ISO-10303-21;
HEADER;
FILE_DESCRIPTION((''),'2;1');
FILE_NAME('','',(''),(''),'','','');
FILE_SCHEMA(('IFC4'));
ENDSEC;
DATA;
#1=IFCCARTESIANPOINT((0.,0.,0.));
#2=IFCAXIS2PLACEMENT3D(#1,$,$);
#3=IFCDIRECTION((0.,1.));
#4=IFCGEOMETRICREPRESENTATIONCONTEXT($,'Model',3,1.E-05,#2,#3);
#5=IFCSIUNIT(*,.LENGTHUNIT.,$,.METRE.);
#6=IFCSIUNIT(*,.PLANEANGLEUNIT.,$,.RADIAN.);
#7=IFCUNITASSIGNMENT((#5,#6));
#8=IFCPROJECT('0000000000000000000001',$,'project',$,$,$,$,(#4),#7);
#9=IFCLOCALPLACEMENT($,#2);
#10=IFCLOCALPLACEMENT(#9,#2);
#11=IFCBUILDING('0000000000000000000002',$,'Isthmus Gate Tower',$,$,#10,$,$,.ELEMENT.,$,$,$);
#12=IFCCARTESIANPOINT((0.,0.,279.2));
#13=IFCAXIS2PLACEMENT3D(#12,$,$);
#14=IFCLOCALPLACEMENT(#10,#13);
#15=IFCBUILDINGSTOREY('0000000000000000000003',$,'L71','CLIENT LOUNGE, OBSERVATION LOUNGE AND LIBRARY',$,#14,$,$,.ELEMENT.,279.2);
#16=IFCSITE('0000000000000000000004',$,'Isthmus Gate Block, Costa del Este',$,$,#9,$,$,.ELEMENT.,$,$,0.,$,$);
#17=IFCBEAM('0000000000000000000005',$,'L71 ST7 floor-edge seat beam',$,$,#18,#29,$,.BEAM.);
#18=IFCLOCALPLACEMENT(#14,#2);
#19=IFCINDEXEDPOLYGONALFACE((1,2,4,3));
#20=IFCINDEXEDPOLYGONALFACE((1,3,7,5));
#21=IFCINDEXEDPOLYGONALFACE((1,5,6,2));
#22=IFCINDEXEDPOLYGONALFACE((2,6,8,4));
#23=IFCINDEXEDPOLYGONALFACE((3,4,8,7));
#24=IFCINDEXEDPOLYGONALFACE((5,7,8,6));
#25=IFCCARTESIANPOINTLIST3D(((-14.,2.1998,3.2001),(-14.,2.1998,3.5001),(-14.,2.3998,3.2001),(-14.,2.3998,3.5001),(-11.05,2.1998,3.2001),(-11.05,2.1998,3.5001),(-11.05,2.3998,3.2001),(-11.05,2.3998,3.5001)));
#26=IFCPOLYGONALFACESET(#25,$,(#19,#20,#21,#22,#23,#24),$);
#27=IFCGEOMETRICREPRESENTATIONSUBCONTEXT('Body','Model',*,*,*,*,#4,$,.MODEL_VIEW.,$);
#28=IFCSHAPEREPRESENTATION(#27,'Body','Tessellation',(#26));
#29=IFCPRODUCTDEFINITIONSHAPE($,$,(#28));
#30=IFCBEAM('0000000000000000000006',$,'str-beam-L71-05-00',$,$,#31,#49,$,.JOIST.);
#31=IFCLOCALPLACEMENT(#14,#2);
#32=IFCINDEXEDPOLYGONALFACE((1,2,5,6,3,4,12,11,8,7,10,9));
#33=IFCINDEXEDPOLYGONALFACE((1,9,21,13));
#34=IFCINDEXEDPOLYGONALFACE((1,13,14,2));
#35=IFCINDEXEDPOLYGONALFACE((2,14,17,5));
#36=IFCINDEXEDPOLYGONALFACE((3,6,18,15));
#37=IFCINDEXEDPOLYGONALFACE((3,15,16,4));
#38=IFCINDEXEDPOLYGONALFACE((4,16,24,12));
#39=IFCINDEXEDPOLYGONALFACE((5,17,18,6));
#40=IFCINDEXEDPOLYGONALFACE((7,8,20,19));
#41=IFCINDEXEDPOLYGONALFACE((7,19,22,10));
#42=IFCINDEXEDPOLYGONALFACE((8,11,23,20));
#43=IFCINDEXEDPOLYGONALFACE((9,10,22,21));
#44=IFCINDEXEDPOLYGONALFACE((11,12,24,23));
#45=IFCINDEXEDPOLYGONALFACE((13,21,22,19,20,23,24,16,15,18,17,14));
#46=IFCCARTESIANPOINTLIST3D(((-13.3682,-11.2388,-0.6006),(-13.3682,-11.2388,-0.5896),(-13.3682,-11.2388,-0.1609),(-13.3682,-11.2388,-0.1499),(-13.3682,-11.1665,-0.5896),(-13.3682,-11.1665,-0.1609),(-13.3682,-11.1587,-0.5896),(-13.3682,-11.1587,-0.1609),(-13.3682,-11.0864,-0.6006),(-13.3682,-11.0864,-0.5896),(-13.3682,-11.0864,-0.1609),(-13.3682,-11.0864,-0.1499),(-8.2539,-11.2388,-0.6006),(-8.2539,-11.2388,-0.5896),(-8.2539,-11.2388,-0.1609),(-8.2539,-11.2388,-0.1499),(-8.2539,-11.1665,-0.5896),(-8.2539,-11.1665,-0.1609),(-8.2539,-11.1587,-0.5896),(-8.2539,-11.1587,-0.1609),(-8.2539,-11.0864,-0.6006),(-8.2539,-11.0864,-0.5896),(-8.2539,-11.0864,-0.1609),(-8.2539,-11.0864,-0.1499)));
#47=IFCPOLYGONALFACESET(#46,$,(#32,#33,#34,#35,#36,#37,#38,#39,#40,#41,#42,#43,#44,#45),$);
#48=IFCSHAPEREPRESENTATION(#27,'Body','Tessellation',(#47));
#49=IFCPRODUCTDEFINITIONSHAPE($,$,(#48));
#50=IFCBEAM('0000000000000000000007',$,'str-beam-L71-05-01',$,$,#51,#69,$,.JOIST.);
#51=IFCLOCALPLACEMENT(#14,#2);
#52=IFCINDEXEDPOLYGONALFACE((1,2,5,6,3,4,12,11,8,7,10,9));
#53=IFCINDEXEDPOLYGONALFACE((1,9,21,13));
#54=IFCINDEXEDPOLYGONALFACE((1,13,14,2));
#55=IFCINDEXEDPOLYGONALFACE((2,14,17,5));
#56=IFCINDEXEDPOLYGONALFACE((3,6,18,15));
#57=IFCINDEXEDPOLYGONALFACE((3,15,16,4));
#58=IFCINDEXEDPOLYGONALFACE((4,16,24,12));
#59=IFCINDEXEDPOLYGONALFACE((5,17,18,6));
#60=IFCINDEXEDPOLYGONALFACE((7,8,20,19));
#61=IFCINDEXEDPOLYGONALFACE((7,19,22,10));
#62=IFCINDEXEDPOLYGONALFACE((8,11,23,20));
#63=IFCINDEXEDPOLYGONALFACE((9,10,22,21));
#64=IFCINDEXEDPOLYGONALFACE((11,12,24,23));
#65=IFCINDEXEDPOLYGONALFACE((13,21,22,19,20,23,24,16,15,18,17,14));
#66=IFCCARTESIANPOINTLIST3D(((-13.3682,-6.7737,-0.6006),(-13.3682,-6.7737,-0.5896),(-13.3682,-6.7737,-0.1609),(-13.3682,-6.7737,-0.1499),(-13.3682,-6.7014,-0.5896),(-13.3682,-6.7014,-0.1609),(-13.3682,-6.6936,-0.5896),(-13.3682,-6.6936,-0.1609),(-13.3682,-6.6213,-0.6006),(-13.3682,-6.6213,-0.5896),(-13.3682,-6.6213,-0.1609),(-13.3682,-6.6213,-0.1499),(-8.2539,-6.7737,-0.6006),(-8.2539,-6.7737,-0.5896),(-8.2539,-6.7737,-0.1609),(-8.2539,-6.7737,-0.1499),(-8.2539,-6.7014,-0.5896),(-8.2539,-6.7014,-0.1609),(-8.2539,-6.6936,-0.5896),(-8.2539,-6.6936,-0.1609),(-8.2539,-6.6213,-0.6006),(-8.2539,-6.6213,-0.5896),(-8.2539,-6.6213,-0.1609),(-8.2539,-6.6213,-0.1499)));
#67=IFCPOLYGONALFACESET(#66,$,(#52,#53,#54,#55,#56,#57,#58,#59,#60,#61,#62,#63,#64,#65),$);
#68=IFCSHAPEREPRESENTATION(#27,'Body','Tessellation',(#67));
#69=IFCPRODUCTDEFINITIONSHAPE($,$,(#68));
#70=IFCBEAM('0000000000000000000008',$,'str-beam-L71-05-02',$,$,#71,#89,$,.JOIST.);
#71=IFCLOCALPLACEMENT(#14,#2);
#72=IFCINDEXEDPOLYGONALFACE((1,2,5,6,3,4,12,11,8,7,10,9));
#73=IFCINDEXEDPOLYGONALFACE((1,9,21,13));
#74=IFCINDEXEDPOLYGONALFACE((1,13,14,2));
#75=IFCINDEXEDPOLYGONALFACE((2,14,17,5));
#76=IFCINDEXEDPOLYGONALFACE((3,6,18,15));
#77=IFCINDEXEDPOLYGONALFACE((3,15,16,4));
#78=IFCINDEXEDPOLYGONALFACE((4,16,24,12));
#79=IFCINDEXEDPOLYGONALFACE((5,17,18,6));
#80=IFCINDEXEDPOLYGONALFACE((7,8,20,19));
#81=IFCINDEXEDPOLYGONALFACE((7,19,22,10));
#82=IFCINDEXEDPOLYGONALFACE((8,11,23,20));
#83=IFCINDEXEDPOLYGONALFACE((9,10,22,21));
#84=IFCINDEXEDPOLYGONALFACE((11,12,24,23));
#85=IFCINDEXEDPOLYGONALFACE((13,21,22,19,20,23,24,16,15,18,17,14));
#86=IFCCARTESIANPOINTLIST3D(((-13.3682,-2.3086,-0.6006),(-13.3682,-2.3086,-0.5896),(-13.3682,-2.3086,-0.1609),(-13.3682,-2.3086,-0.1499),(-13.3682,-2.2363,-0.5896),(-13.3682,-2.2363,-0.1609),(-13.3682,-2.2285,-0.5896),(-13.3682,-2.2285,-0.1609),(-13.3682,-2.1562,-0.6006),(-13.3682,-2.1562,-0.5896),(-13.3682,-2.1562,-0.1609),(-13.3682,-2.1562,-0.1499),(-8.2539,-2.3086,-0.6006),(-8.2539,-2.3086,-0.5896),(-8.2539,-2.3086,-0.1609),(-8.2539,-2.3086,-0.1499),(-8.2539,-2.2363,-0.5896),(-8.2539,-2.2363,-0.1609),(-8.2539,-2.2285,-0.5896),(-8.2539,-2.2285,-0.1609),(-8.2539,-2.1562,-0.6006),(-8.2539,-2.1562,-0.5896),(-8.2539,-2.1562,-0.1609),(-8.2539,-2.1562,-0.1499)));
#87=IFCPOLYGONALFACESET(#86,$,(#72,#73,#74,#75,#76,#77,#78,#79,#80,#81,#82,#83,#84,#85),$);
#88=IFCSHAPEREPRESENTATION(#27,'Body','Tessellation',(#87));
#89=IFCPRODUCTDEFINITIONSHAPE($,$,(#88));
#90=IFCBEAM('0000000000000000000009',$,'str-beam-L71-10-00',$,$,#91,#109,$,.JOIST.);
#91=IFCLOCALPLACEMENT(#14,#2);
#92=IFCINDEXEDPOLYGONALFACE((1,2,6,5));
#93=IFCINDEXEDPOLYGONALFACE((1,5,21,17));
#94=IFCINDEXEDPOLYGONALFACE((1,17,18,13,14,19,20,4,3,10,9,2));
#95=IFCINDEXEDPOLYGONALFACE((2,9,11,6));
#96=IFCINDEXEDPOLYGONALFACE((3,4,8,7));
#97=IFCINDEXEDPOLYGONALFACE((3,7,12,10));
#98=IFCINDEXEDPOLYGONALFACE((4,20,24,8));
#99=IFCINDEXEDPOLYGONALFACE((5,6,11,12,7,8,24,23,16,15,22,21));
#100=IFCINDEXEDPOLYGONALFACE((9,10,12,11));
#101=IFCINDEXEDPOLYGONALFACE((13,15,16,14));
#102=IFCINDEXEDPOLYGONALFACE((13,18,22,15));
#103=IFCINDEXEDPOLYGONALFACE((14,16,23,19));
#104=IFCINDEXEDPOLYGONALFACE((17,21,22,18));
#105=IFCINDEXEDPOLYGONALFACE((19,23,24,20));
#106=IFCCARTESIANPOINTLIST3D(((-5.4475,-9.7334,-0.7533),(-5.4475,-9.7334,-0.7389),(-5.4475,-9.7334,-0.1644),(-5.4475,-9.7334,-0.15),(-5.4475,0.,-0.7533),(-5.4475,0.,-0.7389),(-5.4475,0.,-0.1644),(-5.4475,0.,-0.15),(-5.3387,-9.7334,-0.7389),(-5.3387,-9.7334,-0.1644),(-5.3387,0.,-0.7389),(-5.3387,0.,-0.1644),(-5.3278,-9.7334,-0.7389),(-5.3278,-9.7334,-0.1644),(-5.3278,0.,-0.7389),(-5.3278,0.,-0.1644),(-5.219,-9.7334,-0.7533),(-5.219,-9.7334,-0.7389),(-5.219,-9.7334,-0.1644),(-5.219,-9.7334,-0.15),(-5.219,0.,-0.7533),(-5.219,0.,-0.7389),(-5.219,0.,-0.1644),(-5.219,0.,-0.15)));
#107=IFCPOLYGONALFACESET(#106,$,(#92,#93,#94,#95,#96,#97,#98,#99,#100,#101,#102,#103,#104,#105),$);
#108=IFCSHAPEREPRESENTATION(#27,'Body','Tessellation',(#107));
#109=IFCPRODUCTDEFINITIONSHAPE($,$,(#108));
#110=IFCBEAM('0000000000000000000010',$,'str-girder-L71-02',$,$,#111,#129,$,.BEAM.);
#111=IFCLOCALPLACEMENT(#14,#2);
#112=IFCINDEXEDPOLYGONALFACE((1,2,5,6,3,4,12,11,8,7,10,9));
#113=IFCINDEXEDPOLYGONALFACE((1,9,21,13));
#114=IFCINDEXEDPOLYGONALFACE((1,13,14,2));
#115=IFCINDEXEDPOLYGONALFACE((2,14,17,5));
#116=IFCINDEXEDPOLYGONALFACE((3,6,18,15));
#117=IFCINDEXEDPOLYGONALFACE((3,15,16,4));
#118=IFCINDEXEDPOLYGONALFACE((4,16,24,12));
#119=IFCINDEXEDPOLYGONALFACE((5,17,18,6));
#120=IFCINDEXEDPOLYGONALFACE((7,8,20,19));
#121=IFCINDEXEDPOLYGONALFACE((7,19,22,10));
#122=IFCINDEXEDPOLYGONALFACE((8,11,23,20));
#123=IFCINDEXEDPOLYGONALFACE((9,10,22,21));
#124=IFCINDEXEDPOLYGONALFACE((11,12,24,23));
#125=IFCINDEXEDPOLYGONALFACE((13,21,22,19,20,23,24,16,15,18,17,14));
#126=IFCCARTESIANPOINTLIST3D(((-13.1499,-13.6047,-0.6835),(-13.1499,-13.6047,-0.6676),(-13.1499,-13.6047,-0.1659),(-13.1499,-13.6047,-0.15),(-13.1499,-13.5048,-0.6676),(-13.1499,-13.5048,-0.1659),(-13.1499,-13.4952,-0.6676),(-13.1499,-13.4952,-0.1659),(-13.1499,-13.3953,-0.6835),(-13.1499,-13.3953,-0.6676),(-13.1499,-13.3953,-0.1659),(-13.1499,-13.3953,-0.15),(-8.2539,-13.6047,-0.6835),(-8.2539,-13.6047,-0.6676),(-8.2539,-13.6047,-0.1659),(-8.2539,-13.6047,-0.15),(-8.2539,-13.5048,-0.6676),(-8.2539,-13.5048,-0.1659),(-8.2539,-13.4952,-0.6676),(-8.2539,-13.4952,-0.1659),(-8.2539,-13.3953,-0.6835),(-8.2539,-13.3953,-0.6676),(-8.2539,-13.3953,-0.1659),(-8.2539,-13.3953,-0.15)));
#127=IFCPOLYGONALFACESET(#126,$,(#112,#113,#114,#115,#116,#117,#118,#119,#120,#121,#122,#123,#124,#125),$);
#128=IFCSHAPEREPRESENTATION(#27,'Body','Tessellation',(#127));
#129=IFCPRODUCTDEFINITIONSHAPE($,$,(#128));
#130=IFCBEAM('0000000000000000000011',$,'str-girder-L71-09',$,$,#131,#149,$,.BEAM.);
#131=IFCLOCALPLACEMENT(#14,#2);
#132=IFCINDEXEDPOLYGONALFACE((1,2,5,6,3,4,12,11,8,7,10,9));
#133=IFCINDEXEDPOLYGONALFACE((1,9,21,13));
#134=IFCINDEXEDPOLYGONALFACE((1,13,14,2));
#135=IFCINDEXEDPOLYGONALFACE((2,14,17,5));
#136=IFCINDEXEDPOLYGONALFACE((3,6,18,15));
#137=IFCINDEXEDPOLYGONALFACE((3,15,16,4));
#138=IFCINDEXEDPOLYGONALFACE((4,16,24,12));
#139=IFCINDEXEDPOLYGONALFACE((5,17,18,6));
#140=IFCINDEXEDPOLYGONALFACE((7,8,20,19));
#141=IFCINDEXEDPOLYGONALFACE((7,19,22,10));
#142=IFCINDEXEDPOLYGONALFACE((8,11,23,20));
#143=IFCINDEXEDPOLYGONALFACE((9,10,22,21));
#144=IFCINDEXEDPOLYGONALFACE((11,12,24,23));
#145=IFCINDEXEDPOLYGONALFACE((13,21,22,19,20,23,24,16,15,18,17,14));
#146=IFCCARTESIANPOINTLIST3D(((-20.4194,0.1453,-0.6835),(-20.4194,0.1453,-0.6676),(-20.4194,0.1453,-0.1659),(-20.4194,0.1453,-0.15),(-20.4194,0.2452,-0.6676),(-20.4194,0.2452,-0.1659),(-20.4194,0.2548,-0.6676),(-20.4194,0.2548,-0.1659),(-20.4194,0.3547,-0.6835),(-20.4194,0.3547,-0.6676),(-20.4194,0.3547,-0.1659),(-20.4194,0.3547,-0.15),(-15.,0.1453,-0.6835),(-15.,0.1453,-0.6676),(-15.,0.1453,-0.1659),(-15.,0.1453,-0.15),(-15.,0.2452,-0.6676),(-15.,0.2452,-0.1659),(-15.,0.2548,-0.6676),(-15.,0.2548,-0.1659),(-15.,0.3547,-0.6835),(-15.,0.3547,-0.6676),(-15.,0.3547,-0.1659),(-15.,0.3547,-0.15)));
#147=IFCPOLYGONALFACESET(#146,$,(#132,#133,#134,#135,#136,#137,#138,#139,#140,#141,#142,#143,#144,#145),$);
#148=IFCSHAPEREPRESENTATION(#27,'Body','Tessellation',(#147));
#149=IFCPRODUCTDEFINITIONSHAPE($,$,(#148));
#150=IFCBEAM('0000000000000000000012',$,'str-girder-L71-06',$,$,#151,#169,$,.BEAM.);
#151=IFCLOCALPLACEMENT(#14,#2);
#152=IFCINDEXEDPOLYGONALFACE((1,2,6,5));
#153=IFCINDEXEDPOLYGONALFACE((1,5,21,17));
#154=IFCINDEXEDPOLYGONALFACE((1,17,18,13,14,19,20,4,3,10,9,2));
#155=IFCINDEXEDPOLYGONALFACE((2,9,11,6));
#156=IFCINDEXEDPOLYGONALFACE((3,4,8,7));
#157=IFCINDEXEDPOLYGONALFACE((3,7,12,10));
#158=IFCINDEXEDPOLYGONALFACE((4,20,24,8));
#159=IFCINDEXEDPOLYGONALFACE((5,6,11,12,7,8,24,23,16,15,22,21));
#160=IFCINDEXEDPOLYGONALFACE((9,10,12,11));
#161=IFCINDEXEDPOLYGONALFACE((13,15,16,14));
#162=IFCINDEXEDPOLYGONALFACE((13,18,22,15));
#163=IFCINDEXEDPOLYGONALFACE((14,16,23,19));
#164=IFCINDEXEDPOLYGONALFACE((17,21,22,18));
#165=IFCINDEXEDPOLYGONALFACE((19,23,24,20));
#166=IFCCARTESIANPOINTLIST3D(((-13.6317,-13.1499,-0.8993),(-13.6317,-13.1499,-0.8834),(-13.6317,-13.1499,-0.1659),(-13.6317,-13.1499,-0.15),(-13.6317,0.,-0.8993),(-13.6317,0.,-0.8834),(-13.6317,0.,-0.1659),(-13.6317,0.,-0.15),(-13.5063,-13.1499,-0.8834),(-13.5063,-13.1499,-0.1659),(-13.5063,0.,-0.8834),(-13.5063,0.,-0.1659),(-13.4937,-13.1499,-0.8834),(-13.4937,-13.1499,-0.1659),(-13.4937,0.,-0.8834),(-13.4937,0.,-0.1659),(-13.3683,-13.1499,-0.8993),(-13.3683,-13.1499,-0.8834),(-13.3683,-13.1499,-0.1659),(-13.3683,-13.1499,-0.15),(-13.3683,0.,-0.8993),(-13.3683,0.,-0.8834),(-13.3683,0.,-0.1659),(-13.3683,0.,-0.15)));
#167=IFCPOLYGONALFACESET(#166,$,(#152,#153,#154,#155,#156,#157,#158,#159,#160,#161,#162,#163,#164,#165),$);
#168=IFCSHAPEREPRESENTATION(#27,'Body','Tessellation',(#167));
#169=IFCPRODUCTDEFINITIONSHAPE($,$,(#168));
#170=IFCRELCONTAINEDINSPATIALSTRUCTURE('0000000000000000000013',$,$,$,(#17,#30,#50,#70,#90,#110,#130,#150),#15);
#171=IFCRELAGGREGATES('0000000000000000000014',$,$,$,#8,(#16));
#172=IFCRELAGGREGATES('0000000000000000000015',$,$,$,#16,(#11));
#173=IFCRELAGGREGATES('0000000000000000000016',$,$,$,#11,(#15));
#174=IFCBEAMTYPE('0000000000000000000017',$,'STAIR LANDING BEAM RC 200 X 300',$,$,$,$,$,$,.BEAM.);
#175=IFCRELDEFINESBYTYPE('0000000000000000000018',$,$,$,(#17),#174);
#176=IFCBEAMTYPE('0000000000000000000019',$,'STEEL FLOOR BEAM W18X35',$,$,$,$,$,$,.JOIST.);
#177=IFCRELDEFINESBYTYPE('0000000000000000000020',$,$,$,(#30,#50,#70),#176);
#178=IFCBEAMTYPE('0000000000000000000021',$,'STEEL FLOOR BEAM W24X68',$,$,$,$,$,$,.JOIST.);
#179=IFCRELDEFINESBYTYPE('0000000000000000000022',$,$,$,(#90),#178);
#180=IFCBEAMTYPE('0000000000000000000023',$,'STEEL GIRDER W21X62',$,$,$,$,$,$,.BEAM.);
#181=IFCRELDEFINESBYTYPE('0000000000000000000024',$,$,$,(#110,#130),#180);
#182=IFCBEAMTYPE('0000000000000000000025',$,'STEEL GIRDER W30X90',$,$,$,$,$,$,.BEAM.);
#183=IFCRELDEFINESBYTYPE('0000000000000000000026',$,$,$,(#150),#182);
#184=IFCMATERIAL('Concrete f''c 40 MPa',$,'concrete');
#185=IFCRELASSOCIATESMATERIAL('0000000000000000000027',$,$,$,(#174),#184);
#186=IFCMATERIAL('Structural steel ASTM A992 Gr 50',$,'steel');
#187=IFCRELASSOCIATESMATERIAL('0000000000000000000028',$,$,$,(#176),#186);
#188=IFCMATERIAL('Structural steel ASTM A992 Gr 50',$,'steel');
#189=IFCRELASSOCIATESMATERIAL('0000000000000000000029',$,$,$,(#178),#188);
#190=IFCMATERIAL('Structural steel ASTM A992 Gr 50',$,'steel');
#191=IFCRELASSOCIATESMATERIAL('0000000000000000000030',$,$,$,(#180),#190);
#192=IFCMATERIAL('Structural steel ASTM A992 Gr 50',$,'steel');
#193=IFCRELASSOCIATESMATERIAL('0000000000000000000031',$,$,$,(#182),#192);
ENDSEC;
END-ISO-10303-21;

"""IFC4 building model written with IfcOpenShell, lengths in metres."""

from ifc_helpers import new_model, si_unit, direction, frame, origin, origin_2d, place, context, subcontext, project, spatial, rectangle, i_section, extrude, material, material_profile, profile_set, type_object, element, save


model = new_model("IFC4")

# Units and contexts
model_context = context("Model", 3, precision=1e-05, world=origin(), true_north=direction((0.0, 1.0)))
body_context = subcontext(model_context, "Body", "Model", "MODEL_VIEW")
ifc_project = project(units=[si_unit("LENGTHUNIT", "METRE"), si_unit("PLANEANGLEUNIT", "RADIAN")], contexts=[model_context])

# Site, building, storey
site_placement = place(None, origin())
site = spatial("IfcSite", under=ifc_project, at=site_placement, Name="Isthmus Gate Block, Costa del Este", CompositionType="ELEMENT", RefElevation=0.0)
building_placement = place(site_placement, origin())
building = spatial("IfcBuilding", under=site, at=building_placement, Name="Isthmus Gate Tower", CompositionType="ELEMENT")
storey_placement = place(building_placement, frame((0.0, 0.0, 279.2)))
storey = spatial("IfcBuildingStorey", under=building, at=storey_placement, Name="L71", Description="CLIENT LOUNGE, OBSERVATION LOUNGE AND LIBRARY", CompositionType="ELEMENT", Elevation=279.2)

# Beams
ifc_material_1 = material(Name="Concrete f'c 40 MPa", Category="concrete")
ifc_material_profile_1 = material_profile(ifc_material_1, rectangle(XDim=0.2, YDim=0.3, at=origin_2d()), Name="STAIR LANDING BEAM RC 200 X 300")
ifc_profile_set_1 = profile_set([ifc_material_profile_1], Name="Concrete f'c 40 MPa")
beam_type_1 = type_object("IfcBeamType", Name="STAIR LANDING BEAM RC 200 X 300", PredefinedType="BEAM", material=ifc_profile_set_1)
beam_1_placement = place(storey_placement, frame((-14.0, 2.2998, 3.3501), z_axis=(1.0, 0.0, 0.0), x_axis=(0.0, 1.0, 0.0)))
element("IfcBeam", 1, at=beam_1_placement, inside=storey, type_object=beam_type_1, Name="L71 ST7 floor-edge seat beam", PredefinedType="BEAM", context=body_context, shape_type="SweptSolid", body=[
    extrude(rectangle(XDim=0.2, YDim=0.3, at=origin_2d()), origin(), (0.0, 0.0, 1.0), 2.95),
])
ifc_material_2 = material(Name="Structural steel ASTM A992 Gr 50", Category="steel")
ifc_material_profile_2 = material_profile(ifc_material_2, i_section(OverallWidth=0.1523, OverallDepth=0.4507, WebThickness=0.0078, FlangeThickness=0.011, at=origin_2d()), Name="W18X35")
ifc_profile_set_2 = profile_set([ifc_material_profile_2], Name="Structural steel ASTM A992 Gr 50")
beam_type_2 = type_object("IfcBeamType", Name="STEEL FLOOR BEAM W18X35", PredefinedType="JOIST", material=ifc_profile_set_2)
for number, where, z_axis, x_axis, name in (
    (2, (-13.3682, -11.1626, -0.3752), (1.0, 0.0, 0.0), (0.0, 1.0, 0.0), "str-beam-L71-05-00"),
    (3, (-13.3682, -6.6975, -0.3752), (1.0, 0.0, 0.0), (0.0, 1.0, 0.0), "str-beam-L71-05-01"),
    (4, (-13.3682, -2.2324, -0.3752), (1.0, 0.0, 0.0), (0.0, 1.0, 0.0), "str-beam-L71-05-02"),
):
    element("IfcBeam", number, at=place(storey_placement, frame(where, z_axis=z_axis, x_axis=x_axis)), inside=storey, type_object=beam_type_2, Name=name, PredefinedType="JOIST", context=body_context, shape_type="SweptSolid", body=[
        extrude(i_section(OverallWidth=0.1523, OverallDepth=0.4507, WebThickness=0.0078, FlangeThickness=0.011, at=origin_2d()), origin(), (0.0, 0.0, 1.0), 5.1143),
    ])
ifc_material_3 = material(Name="Structural steel ASTM A992 Gr 50", Category="steel")
ifc_material_profile_3 = material_profile(ifc_material_3, i_section(OverallWidth=0.2285, OverallDepth=0.6033, WebThickness=0.011, FlangeThickness=0.0144, at=origin_2d()), Name="W24X68")
ifc_profile_set_3 = profile_set([ifc_material_profile_3], Name="Structural steel ASTM A992 Gr 50")
beam_type_3 = type_object("IfcBeamType", Name="STEEL FLOOR BEAM W24X68", PredefinedType="JOIST", material=ifc_profile_set_3)
beam_2_placement = place(storey_placement, frame((-5.3333, -9.7334, -0.4517), z_axis=(0.0, 1.0, 0.0), x_axis=(-1.0, 0.0, 0.0)))
element("IfcBeam", 5, at=beam_2_placement, inside=storey, type_object=beam_type_3, Name="str-beam-L71-10-00", PredefinedType="JOIST", context=body_context, shape_type="SweptSolid", body=[
    extrude(i_section(OverallWidth=0.2285, OverallDepth=0.6033, WebThickness=0.011, FlangeThickness=0.0144, at=origin_2d()), origin(), (0.0, 0.0, 1.0), 9.7334),
])
ifc_material_4 = material(Name="Structural steel ASTM A992 Gr 50", Category="steel")
ifc_material_profile_4 = material_profile(ifc_material_4, i_section(OverallWidth=0.2095, OverallDepth=0.5334, WebThickness=0.0095, FlangeThickness=0.0159, at=origin_2d()), Name="W21X62")
ifc_profile_set_4 = profile_set([ifc_material_profile_4], Name="Structural steel ASTM A992 Gr 50")
beam_type_4 = type_object("IfcBeamType", Name="STEEL GIRDER W21X62", PredefinedType="BEAM", material=ifc_profile_set_4)
beam_3_placement = place(storey_placement, frame((-13.1499, -13.5, -0.4167), z_axis=(1.0, 0.0, 0.0), x_axis=(0.0, 1.0, 0.0)))
element("IfcBeam", 6, at=beam_3_placement, inside=storey, type_object=beam_type_4, Name="str-girder-L71-02", PredefinedType="BEAM", context=body_context, shape_type="SweptSolid", body=[
    extrude(i_section(OverallWidth=0.2095, OverallDepth=0.5334, WebThickness=0.0095, FlangeThickness=0.0159, at=origin_2d()), origin(), (0.0, 0.0, 1.0), 4.896),
])
beam_4_placement = place(storey_placement, frame((-15.0, 0.25, -0.4167), z_axis=(-1.0, 0.0, 0.0), x_axis=(0.0, -1.0, 0.0)))
element("IfcBeam", 7, at=beam_4_placement, inside=storey, type_object=beam_type_4, Name="str-girder-L71-09", PredefinedType="BEAM", context=body_context, shape_type="SweptSolid", body=[
    extrude(i_section(OverallWidth=0.2095, OverallDepth=0.5334, WebThickness=0.0095, FlangeThickness=0.0159, at=origin_2d()), origin(), (0.0, 0.0, 1.0), 5.4194),
])
ifc_material_5 = material(Name="Structural steel ASTM A992 Gr 50", Category="steel")
ifc_material_profile_5 = material_profile(ifc_material_5, i_section(OverallWidth=0.2634, OverallDepth=0.7493, WebThickness=0.0127, FlangeThickness=0.0159, at=origin_2d()), Name="W30X90")
ifc_profile_set_5 = profile_set([ifc_material_profile_5], Name="Structural steel ASTM A992 Gr 50")
beam_type_5 = type_object("IfcBeamType", Name="STEEL GIRDER W30X90", PredefinedType="BEAM", material=ifc_profile_set_5)
beam_5_placement = place(storey_placement, frame((-13.5, -13.1499, -0.5247), z_axis=(0.0, 1.0, 0.0), x_axis=(-1.0, 0.0, 0.0)))
element("IfcBeam", 8, at=beam_5_placement, inside=storey, type_object=beam_type_5, Name="str-girder-L71-06", PredefinedType="BEAM", context=body_context, shape_type="SweptSolid", body=[
    extrude(i_section(OverallWidth=0.2634, OverallDepth=0.7493, WebThickness=0.0127, FlangeThickness=0.0159, at=origin_2d()), origin(), (0.0, 0.0, 1.0), 13.1499),
])

save(model, "model.ifc")
